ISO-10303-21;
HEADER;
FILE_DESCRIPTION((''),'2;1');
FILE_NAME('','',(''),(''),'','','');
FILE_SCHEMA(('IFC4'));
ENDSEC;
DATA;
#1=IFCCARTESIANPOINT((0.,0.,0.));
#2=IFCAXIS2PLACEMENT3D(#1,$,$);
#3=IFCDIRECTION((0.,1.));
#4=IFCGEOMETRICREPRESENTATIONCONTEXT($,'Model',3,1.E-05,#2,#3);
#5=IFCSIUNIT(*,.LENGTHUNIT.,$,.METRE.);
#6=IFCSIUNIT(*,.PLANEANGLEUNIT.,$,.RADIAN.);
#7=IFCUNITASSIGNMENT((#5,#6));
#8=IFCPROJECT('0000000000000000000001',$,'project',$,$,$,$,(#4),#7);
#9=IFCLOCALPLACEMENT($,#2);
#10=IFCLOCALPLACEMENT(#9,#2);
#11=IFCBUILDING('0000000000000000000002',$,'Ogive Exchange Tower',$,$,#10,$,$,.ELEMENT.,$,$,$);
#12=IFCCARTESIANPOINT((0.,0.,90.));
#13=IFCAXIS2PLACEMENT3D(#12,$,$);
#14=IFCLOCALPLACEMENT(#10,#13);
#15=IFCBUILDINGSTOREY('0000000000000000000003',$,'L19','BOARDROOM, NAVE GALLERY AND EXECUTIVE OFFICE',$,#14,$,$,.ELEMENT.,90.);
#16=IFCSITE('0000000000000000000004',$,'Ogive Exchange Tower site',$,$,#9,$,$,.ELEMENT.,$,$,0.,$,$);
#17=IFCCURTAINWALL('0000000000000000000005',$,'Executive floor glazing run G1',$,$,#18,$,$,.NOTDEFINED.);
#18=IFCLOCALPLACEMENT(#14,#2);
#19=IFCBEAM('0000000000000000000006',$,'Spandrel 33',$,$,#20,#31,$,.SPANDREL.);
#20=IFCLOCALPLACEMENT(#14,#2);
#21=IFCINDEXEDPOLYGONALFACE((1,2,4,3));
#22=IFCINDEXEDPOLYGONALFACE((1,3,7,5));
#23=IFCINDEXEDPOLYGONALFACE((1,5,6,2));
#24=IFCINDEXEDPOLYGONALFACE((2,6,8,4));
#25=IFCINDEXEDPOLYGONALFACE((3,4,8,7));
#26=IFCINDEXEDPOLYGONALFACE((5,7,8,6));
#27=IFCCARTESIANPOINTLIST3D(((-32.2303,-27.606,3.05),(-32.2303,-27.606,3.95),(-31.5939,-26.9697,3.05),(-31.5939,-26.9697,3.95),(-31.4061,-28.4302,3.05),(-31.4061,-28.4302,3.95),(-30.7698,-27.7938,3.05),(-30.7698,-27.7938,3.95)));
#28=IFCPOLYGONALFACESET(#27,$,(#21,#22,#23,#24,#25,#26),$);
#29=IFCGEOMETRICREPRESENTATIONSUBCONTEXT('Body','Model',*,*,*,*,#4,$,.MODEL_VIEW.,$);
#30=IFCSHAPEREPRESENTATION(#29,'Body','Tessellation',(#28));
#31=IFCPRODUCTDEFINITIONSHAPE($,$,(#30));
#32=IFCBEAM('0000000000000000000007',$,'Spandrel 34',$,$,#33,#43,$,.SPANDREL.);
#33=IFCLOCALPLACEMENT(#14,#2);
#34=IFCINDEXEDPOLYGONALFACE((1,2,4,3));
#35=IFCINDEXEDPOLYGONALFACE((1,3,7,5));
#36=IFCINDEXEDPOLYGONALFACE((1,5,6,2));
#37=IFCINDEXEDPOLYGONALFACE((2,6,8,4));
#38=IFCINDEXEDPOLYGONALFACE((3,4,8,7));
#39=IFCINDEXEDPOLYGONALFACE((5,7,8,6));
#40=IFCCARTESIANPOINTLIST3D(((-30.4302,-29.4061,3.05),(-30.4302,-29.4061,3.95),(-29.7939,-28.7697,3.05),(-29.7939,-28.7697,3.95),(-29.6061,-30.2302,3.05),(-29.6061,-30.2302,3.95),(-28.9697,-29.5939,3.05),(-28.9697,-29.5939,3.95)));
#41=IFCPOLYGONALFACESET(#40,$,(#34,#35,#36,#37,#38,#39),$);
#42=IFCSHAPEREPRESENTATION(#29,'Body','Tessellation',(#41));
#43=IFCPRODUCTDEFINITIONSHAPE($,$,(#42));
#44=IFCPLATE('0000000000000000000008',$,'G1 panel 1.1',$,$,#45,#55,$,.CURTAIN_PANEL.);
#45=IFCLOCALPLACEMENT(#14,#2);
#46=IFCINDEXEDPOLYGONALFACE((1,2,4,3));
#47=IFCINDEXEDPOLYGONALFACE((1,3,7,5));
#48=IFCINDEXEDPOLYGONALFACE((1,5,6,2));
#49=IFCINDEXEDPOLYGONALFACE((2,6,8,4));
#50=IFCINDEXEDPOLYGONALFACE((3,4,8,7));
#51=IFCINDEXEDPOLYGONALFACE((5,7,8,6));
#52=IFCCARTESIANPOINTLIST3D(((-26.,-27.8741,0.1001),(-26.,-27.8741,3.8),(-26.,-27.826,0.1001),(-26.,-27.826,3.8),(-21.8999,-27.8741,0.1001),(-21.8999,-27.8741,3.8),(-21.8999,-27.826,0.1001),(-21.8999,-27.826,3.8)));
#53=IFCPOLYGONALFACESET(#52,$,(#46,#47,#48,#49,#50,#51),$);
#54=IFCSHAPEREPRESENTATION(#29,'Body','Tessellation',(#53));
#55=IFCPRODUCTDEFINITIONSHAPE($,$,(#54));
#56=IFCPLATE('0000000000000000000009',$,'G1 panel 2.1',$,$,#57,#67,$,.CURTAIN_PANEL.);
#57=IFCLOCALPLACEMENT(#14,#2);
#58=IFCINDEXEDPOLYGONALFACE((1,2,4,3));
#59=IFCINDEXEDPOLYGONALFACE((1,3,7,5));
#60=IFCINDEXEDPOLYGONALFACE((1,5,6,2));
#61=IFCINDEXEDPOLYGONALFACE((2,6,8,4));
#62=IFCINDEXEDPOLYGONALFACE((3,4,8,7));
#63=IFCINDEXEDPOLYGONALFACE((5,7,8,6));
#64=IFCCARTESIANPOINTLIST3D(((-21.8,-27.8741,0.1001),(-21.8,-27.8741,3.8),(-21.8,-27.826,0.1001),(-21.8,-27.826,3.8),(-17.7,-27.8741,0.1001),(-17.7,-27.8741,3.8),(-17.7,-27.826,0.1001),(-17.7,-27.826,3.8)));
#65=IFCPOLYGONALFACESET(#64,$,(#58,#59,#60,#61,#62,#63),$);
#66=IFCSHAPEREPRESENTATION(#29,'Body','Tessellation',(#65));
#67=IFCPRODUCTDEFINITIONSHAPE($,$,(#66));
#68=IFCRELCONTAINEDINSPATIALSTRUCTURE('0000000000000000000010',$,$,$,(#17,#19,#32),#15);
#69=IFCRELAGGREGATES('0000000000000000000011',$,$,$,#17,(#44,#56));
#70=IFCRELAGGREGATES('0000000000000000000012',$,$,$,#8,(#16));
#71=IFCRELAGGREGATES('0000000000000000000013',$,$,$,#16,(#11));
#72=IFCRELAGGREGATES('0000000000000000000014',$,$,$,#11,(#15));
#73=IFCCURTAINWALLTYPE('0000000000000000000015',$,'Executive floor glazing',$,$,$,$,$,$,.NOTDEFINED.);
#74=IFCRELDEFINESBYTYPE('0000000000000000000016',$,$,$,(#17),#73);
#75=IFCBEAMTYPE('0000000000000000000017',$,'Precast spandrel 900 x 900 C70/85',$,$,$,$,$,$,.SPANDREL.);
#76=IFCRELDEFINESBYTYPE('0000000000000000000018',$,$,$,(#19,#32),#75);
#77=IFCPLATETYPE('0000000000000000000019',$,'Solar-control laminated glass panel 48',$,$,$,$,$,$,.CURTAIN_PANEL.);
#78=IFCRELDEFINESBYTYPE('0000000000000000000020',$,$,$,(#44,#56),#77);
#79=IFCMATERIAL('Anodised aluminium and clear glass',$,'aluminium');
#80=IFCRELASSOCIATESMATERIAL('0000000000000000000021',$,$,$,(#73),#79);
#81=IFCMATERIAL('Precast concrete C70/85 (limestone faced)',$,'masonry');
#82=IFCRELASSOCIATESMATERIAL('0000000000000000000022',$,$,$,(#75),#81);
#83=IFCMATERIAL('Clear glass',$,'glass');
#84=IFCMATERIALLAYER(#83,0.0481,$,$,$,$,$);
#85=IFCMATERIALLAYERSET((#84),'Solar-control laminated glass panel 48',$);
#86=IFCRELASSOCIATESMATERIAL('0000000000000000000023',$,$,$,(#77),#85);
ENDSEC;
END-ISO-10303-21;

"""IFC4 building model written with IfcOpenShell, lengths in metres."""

from ifc_helpers import new_model, si_unit, direction, frame, origin, origin_2d, place, context, subcontext, project, spatial, rectangle, extrude, material, layer, layer_set, material_profile, profile_set, type_object, element, aggregate, save


model = new_model("IFC4")

# Units and contexts
model_context = context("Model", 3, precision=1e-05, world=origin(), true_north=direction((0.0, 1.0)))
body_context = subcontext(model_context, "Body", "Model", "MODEL_VIEW")
ifc_project = project(units=[si_unit("LENGTHUNIT", "METRE"), si_unit("PLANEANGLEUNIT", "RADIAN")], contexts=[model_context])

# Site, building, storey
site_placement = place(None, origin())
site = spatial("IfcSite", under=ifc_project, at=site_placement, Name="Ogive Exchange Tower site", CompositionType="ELEMENT", RefElevation=0.0)
building_placement = place(site_placement, origin())
building = spatial("IfcBuilding", under=site, at=building_placement, Name="Ogive Exchange Tower", CompositionType="ELEMENT")
storey_placement = place(building_placement, frame((0.0, 0.0, 90.0)))
storey = spatial("IfcBuildingStorey", under=building, at=storey_placement, Name="L19", Description="BOARDROOM, NAVE GALLERY AND EXECUTIVE OFFICE", CompositionType="ELEMENT", Elevation=90.0)

# Shared definitions
ifc_material_1 = material(Name="Precast concrete C70/85 (limestone faced)", Category="masonry")

# Curtain wall
ifc_material_2 = material(Name="Anodised aluminium and clear glass", Category="aluminium")
curtain_wall_type = type_object("IfcCurtainWallType", Name="Executive floor glazing", PredefinedType="NOTDEFINED", material=ifc_material_2)
curtain_wall_placement = place(storey_placement, origin())
curtain_wall = element("IfcCurtainWall", 1, at=curtain_wall_placement, inside=storey, type_object=curtain_wall_type, Name="Executive floor glazing run G1", PredefinedType="NOTDEFINED")

# Beams
ifc_material_profile_1 = material_profile(ifc_material_1, rectangle(XDim=0.8999, YDim=0.8999, at=origin_2d()), Name="900 x 900")
ifc_profile_set_1 = profile_set([ifc_material_profile_1], Name="Precast concrete C70/85 (limestone faced)")
beam_type_1 = type_object("IfcBeamType", Name="Precast spandrel 900 x 900 C70/85", PredefinedType="SPANDREL", material=ifc_profile_set_1)
for number, where, z_axis, x_axis, name in (
    (2, (-31.9121, -27.2878, 3.5), (0.707107, -0.707107, 0.0), (0.707107, 0.707107, 0.0), "Spandrel 33"),
    (3, (-30.1121, -29.0879, 3.5), (0.707107, -0.707107, 0.0), (0.707107, 0.707107, 0.0), "Spandrel 34"),
):
    element("IfcBeam", number, at=place(storey_placement, frame(where, z_axis=z_axis, x_axis=x_axis)), inside=storey, type_object=beam_type_1, Name=name, PredefinedType="SPANDREL", context=body_context, shape_type="SweptSolid", body=[
        extrude(rectangle(XDim=0.8999, YDim=0.8999, at=origin_2d()), origin(), (0.0, 0.0, 1.0), 1.1655),
    ])

# Plates
ifc_material_3 = material(Name="Clear glass", Category="glass")
ifc_layer = layer(ifc_material_3, 0.0481)
ifc_layer_set = layer_set([ifc_layer], Name="Solar-control laminated glass panel 48")
plate_type = type_object("IfcPlateType", Name="Solar-control laminated glass panel 48", PredefinedType="CURTAIN_PANEL", material=ifc_layer_set)
plate_1_placement = place(storey_placement, frame((-23.95, -27.8501, 0.1001), z_axis=(0.0, 0.0, 1.0), x_axis=(1.0, 0.0, 0.0)))
plate_1 = element("IfcPlate", 4, at=plate_1_placement, type_object=plate_type, Name="G1 panel 1.1", PredefinedType="CURTAIN_PANEL", context=body_context, shape_type="SweptSolid", body=[
    extrude(rectangle(XDim=4.1001, YDim=0.0481, at=origin_2d()), origin(), (0.0, 0.0, 1.0), 3.7),
])
plate_2_placement = place(storey_placement, frame((-19.75, -27.8501, 0.1001), z_axis=(0.0, 0.0, 1.0), x_axis=(1.0, 0.0, 0.0)))
plate_2 = element("IfcPlate", 5, at=plate_2_placement, type_object=plate_type, Name="G1 panel 2.1", PredefinedType="CURTAIN_PANEL", context=body_context, shape_type="SweptSolid", body=[
    extrude(rectangle(XDim=4.1001, YDim=0.0481, at=origin_2d()), origin(), (0.0, 0.0, 1.0), 3.7),
])
aggregate(curtain_wall, [plate_1, plate_2])

save(model, "model.ifc")
